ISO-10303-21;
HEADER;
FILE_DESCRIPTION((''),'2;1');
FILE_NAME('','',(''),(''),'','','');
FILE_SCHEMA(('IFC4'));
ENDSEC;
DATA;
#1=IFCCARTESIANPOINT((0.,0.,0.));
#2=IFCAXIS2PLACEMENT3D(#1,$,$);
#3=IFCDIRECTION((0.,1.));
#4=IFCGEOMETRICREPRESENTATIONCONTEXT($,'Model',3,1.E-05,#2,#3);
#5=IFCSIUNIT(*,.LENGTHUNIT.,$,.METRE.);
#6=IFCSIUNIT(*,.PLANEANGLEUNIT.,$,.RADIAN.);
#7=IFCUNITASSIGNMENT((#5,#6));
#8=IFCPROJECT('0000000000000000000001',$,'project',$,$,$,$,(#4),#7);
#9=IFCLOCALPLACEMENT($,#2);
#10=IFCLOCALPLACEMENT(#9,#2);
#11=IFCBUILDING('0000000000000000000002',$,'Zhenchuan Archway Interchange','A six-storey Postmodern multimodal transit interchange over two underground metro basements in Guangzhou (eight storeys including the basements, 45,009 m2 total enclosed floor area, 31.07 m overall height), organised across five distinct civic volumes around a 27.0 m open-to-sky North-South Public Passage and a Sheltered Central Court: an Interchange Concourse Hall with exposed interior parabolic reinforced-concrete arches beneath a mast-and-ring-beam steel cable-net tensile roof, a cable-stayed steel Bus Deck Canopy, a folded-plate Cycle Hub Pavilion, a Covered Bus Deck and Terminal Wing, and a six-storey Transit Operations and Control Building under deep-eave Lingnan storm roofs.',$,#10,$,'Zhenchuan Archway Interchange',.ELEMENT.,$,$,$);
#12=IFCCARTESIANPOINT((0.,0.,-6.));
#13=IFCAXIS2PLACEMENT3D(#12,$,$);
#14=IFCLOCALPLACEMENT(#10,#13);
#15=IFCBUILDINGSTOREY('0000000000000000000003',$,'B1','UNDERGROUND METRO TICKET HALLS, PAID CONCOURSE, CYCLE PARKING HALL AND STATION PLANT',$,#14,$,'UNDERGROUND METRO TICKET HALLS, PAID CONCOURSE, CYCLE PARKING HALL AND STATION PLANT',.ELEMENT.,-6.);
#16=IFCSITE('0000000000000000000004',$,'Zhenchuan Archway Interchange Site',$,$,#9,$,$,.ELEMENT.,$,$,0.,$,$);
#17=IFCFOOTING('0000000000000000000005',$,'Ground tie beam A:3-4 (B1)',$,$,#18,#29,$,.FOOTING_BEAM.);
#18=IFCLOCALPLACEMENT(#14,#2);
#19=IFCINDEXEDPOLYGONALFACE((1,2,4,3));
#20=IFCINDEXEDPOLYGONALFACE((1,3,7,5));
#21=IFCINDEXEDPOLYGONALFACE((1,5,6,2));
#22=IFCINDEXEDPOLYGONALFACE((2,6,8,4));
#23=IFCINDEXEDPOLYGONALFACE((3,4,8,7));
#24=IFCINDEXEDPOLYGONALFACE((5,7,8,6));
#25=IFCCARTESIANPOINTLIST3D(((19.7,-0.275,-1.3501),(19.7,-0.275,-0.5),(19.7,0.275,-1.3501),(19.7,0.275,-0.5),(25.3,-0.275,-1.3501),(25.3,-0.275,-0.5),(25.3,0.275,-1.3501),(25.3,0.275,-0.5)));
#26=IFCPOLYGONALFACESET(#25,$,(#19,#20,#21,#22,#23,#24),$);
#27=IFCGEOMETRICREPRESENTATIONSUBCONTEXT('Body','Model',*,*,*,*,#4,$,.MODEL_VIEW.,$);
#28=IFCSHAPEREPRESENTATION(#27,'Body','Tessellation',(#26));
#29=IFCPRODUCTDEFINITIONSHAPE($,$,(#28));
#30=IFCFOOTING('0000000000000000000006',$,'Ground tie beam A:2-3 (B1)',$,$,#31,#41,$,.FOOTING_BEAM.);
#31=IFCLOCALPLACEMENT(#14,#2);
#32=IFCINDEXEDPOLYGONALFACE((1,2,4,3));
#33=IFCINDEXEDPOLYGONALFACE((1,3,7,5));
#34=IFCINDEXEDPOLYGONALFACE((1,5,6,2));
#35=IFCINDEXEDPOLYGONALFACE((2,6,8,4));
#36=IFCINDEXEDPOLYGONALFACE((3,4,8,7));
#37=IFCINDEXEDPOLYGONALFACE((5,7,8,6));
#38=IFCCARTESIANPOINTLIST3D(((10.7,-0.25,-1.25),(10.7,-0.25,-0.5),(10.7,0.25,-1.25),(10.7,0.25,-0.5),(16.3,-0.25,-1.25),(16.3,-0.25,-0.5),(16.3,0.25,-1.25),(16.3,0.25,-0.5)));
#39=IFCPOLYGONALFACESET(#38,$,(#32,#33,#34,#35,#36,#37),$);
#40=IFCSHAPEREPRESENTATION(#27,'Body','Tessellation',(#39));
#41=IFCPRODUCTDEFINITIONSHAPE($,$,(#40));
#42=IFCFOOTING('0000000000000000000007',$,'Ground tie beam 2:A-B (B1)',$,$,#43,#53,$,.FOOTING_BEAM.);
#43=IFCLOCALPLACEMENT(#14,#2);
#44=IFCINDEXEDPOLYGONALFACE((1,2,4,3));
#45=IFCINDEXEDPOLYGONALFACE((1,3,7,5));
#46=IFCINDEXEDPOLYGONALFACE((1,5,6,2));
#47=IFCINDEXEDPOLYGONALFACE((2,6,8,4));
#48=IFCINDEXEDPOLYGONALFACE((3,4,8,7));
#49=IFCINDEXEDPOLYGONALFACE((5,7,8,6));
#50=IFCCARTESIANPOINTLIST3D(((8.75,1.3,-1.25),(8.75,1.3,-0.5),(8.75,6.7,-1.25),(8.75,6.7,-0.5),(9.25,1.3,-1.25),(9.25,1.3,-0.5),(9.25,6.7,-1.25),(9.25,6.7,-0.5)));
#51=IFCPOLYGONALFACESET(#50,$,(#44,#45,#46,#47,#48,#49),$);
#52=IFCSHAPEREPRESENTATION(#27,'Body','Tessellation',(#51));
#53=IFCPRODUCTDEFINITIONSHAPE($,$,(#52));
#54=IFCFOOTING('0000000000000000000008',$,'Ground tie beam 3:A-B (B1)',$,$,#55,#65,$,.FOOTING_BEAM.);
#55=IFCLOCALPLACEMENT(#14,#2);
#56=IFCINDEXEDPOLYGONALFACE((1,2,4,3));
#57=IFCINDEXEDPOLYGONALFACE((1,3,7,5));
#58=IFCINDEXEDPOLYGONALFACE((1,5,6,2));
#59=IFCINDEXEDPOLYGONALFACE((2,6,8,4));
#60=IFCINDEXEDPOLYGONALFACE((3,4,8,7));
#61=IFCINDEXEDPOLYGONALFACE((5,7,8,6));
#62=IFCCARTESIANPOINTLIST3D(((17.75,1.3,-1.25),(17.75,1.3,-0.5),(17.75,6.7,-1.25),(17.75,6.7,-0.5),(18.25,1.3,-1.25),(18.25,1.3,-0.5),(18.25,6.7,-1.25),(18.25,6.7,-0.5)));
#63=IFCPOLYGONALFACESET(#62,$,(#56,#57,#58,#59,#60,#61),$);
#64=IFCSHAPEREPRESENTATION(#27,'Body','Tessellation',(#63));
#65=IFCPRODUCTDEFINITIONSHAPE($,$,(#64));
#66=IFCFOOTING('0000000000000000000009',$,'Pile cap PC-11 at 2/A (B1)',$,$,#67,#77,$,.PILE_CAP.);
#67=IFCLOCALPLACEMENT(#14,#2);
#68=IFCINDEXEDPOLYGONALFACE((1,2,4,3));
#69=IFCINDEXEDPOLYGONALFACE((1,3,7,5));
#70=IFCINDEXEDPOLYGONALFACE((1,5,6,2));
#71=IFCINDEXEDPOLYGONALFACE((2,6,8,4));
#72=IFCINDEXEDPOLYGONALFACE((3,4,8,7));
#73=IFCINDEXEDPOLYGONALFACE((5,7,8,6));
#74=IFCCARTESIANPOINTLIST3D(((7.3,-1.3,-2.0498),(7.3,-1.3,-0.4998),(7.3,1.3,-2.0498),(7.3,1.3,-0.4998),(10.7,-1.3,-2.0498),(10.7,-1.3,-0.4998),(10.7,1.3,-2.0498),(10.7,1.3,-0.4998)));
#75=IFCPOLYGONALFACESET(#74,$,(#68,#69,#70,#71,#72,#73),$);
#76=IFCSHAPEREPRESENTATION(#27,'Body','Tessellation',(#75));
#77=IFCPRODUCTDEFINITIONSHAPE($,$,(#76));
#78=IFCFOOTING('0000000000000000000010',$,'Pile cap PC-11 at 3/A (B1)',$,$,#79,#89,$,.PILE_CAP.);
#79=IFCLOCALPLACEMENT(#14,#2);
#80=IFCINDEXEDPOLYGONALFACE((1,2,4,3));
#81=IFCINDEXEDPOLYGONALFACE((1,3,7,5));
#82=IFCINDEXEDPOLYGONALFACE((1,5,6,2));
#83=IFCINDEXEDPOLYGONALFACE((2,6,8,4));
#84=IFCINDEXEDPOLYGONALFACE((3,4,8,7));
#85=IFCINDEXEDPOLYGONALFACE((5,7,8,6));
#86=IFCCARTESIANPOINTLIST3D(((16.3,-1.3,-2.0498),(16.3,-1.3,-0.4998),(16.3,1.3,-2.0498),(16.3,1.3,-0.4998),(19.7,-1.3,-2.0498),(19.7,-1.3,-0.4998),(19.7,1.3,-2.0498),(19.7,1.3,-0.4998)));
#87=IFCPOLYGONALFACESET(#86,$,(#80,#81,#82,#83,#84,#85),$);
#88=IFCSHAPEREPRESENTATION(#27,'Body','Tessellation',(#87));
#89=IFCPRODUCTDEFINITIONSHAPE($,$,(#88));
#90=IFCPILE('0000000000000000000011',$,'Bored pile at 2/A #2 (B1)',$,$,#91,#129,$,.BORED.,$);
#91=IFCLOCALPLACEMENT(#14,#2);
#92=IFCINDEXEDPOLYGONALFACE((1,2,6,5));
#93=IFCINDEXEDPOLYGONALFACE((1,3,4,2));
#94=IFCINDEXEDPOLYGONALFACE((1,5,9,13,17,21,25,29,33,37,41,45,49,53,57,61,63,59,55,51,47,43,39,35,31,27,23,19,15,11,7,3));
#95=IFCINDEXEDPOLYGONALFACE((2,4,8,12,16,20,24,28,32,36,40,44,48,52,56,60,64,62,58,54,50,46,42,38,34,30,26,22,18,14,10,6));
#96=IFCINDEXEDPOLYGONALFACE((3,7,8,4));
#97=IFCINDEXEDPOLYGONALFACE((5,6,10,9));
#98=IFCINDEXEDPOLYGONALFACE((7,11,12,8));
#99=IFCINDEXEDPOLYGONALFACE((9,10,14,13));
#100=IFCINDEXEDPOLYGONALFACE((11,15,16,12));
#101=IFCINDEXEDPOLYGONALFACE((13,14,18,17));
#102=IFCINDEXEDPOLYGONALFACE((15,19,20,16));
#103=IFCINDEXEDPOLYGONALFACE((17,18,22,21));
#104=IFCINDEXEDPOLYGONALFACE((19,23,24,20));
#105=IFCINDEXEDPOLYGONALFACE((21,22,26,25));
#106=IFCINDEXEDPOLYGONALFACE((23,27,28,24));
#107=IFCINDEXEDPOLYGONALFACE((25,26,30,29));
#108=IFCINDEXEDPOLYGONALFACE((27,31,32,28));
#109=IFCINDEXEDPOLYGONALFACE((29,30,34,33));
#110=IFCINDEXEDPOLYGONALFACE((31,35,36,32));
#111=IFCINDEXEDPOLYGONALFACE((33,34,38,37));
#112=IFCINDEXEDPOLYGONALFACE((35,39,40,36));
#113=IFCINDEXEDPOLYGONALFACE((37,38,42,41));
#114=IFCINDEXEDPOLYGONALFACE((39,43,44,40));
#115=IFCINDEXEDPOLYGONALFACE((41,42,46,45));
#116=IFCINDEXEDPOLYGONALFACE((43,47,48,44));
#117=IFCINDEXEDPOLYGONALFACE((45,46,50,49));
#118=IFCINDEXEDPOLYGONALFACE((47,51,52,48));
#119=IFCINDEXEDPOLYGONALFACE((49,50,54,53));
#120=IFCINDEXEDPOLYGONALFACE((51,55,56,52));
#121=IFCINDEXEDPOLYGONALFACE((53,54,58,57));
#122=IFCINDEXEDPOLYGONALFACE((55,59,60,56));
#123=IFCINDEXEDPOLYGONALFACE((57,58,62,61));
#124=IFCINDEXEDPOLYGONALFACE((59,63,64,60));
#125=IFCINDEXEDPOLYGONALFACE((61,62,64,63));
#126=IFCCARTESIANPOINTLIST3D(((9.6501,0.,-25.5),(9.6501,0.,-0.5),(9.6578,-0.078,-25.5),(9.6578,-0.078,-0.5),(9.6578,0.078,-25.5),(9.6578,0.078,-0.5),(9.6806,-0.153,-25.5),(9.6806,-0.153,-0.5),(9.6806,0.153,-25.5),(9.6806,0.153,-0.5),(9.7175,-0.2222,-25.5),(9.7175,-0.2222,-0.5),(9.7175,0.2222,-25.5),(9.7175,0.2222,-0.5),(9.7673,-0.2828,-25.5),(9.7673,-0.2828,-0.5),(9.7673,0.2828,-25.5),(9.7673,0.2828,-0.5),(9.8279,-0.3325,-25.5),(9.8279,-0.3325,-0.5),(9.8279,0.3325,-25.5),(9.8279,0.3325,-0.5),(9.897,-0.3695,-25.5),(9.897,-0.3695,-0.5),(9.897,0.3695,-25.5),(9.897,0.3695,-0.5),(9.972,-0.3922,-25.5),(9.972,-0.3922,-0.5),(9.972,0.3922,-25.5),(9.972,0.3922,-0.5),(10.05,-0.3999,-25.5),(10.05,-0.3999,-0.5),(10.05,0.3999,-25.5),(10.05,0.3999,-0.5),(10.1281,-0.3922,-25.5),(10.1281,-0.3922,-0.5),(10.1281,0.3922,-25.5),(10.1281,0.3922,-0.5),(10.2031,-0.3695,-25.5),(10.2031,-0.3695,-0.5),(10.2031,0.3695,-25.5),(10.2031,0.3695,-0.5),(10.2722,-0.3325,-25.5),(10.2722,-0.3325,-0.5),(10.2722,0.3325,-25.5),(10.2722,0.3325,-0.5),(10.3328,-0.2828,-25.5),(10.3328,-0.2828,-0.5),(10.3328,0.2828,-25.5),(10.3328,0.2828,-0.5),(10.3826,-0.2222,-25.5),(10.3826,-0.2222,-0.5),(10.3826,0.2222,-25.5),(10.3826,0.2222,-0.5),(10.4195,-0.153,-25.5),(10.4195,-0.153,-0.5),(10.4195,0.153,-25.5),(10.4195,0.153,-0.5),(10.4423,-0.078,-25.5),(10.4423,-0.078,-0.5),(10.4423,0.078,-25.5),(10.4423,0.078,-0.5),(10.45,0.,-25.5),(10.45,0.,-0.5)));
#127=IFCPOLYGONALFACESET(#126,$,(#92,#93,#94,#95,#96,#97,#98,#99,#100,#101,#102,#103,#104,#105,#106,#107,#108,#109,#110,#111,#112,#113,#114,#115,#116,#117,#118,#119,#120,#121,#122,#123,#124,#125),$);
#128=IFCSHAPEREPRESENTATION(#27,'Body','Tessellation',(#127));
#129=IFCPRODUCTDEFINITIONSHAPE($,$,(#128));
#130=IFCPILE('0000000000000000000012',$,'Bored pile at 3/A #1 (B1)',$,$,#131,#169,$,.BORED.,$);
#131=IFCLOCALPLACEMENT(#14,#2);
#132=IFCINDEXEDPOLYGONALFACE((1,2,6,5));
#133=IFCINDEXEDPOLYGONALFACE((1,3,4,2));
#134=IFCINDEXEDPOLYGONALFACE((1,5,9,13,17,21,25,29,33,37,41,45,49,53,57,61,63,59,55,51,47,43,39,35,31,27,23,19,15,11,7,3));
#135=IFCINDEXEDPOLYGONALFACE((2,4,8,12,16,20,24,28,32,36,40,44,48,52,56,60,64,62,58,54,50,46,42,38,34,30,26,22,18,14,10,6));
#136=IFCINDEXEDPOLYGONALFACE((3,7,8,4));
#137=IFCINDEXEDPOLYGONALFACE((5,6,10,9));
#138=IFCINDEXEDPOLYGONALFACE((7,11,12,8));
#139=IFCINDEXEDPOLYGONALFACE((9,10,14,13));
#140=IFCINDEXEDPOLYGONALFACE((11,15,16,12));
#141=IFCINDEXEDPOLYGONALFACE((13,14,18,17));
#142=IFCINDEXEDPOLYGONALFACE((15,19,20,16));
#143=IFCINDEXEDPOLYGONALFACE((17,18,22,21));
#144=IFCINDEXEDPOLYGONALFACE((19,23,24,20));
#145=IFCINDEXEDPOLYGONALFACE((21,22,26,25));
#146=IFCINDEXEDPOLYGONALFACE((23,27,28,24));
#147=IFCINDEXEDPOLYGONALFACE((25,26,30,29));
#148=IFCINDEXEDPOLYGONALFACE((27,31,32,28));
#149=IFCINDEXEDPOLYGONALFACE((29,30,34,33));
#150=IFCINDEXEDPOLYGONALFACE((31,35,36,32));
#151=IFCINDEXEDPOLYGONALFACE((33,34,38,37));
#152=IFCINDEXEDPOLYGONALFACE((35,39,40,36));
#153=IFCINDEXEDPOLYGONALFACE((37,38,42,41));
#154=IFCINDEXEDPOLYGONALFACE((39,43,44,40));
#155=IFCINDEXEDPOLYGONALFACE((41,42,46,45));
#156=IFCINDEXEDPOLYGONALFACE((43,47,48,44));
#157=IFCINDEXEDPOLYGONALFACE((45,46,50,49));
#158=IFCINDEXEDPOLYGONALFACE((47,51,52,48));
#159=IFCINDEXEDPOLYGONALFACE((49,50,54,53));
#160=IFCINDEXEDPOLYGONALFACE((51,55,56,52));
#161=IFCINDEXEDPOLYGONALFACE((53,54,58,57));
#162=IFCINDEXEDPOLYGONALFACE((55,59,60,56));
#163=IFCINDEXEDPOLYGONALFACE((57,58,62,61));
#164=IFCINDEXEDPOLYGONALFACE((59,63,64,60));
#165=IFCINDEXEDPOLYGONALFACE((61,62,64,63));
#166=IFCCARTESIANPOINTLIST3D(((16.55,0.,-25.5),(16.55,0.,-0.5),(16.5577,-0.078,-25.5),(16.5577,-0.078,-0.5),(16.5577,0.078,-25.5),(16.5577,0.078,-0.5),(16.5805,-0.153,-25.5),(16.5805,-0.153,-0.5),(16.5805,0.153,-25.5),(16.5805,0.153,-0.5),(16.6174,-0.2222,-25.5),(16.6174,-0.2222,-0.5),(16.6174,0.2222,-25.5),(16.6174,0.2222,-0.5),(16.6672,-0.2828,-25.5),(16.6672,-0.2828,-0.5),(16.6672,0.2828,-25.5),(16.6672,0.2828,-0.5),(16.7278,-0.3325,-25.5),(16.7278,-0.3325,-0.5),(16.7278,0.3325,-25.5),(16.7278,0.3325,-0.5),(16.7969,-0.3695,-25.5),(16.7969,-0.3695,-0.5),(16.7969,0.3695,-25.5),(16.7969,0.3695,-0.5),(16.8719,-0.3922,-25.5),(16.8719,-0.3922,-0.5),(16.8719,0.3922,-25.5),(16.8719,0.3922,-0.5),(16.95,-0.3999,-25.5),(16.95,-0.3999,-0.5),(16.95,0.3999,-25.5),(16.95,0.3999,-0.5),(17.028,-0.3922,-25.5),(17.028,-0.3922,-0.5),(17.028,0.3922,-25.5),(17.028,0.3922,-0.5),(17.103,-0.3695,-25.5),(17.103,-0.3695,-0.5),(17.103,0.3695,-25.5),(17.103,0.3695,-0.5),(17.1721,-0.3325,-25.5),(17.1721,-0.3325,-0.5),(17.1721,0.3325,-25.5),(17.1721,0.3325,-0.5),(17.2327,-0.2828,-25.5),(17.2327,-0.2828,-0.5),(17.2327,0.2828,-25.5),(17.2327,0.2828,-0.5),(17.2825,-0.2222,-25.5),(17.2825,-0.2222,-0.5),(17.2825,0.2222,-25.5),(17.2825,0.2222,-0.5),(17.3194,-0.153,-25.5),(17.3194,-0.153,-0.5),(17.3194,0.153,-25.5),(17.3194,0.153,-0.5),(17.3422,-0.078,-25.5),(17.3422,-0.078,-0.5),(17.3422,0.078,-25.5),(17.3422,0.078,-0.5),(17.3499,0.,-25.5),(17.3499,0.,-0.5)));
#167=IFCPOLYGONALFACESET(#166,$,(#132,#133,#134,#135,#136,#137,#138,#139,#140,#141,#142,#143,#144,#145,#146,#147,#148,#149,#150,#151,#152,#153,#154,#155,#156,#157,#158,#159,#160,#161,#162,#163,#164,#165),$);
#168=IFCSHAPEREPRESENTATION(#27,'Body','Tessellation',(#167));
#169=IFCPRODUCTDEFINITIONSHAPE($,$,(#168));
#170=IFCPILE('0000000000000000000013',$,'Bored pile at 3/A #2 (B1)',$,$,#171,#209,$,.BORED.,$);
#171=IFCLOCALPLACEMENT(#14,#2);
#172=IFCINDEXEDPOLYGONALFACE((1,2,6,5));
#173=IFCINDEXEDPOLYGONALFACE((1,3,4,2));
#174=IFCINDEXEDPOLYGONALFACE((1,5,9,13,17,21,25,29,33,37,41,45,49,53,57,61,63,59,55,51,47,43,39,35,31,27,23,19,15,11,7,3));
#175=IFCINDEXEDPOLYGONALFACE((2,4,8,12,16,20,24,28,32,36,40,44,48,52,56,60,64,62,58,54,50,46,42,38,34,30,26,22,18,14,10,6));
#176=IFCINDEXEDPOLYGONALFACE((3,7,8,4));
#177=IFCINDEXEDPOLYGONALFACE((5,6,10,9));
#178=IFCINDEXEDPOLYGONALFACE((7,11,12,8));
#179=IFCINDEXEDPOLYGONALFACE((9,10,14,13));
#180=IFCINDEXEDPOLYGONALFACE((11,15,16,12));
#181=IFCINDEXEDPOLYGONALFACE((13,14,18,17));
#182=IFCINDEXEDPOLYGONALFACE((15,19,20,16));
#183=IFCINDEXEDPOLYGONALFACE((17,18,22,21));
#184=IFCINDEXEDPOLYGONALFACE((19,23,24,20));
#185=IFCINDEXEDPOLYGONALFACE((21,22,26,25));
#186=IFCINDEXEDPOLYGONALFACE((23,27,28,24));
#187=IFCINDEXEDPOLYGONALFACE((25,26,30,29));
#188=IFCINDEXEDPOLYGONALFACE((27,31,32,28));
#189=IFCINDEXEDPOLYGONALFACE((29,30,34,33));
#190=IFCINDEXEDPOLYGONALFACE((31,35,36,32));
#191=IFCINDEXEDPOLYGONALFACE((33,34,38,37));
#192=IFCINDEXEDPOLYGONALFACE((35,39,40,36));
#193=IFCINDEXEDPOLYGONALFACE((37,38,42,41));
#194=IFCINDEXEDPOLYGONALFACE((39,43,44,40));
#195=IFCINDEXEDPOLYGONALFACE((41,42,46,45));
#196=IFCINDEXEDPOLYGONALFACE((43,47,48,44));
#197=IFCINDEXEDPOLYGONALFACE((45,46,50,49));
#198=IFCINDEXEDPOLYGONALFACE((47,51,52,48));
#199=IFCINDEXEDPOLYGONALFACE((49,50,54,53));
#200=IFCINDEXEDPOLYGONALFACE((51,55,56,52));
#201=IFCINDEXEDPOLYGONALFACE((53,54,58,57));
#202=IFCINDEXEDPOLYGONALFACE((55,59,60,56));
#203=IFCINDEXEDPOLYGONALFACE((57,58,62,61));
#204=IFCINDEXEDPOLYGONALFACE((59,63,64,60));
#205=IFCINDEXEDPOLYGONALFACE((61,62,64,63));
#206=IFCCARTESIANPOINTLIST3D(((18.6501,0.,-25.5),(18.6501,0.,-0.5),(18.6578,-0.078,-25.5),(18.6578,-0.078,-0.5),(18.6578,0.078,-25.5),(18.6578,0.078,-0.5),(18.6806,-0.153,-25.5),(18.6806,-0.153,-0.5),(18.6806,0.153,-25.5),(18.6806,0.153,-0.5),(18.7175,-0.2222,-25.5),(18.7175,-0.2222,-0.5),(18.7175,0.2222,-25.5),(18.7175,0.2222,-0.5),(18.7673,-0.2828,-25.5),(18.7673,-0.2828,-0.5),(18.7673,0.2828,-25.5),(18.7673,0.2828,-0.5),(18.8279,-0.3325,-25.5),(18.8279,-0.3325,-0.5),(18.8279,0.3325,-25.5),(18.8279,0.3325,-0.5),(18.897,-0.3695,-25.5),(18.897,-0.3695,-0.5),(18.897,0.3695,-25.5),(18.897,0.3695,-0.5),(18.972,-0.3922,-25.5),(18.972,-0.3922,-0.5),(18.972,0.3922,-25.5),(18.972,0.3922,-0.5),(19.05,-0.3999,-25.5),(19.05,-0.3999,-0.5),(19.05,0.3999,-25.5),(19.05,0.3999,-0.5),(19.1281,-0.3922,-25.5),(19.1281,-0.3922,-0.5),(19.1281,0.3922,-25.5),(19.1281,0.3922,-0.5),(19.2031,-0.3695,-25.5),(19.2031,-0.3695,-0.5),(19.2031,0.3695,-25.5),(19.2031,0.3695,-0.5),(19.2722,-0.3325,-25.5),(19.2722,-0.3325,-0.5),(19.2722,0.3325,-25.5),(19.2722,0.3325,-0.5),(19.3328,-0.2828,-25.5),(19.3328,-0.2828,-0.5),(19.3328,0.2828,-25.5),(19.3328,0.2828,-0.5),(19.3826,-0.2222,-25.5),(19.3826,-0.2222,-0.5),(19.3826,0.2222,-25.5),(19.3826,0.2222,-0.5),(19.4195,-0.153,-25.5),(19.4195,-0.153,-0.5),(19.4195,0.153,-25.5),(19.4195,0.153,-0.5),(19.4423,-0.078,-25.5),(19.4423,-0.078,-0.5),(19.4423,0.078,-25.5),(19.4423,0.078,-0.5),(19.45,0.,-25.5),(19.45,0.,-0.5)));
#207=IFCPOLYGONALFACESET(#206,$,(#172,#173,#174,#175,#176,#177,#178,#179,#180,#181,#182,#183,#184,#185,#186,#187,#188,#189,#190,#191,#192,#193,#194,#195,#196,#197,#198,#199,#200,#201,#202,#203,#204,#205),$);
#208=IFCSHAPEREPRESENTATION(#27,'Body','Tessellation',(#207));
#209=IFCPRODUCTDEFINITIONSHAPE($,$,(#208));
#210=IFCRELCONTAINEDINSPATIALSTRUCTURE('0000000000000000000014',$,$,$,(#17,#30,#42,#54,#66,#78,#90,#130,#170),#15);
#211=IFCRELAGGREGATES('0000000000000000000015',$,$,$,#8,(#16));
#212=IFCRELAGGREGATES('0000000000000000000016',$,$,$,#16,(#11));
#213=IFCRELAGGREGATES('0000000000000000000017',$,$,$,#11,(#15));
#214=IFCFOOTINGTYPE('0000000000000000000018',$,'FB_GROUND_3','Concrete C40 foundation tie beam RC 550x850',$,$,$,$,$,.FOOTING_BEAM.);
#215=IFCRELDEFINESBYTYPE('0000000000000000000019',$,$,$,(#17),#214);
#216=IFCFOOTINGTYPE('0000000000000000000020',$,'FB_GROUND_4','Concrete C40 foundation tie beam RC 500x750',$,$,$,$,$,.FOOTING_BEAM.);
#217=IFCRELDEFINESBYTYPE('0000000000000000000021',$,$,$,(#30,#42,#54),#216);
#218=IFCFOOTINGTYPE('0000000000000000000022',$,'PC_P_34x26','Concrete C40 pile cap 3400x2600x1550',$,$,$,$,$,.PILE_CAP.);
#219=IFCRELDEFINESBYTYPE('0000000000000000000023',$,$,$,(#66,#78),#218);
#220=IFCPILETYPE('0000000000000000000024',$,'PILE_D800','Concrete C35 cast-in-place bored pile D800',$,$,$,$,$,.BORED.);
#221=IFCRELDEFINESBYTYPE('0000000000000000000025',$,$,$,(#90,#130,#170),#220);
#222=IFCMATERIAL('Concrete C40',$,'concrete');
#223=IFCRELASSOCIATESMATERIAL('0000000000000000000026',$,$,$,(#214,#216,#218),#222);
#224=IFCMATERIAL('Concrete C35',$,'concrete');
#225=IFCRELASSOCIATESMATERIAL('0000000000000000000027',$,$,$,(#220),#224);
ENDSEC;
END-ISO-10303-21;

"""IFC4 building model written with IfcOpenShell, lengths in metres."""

from ifc_helpers import new_model, si_unit, direction, frame, origin, origin_2d, place, context, subcontext, project, spatial, rectangle, circle, extrude, material, material_profile, profile_set, type_object, element, save


model = new_model("IFC4")

# Units and contexts
model_context = context("Model", 3, precision=1e-05, world=origin(), true_north=direction((0.0, 1.0)))
body_context = subcontext(model_context, "Body", "Model", "MODEL_VIEW")
ifc_project = project(units=[si_unit("LENGTHUNIT", "METRE"), si_unit("PLANEANGLEUNIT", "RADIAN")], contexts=[model_context])

# Site, building, storey
site_placement = place(None, origin())
site = spatial("IfcSite", under=ifc_project, at=site_placement, Name="Zhenchuan Archway Interchange Site", CompositionType="ELEMENT", RefElevation=0.0)
building_placement = place(site_placement, origin())
building = spatial("IfcBuilding", under=site, at=building_placement, Name="Zhenchuan Archway Interchange", Description="A six-storey Postmodern multimodal transit interchange over two underground metro basements in Guangzhou (eight storeys including the basements, 45,009 m2 total enclosed floor area, 31.07 m overall height), organised across five distinct civic volumes around a 27.0 m open-to-sky North-South Public Passage and a Sheltered Central Court: an Interchange Concourse Hall with exposed interior parabolic reinforced-concrete arches beneath a mast-and-ring-beam steel cable-net tensile roof, a cable-stayed steel Bus Deck Canopy, a folded-plate Cycle Hub Pavilion, a Covered Bus Deck and Terminal Wing, and a six-storey Transit Operations and Control Building under deep-eave Lingnan storm roofs.", LongName="Zhenchuan Archway Interchange", CompositionType="ELEMENT")
storey_placement = place(building_placement, frame((0.0, 0.0, -6.0)))
storey = spatial("IfcBuildingStorey", under=building, at=storey_placement, Name="B1", Description="UNDERGROUND METRO TICKET HALLS, PAID CONCOURSE, CYCLE PARKING HALL AND STATION PLANT", LongName="UNDERGROUND METRO TICKET HALLS, PAID CONCOURSE, CYCLE PARKING HALL AND STATION PLANT", CompositionType="ELEMENT", Elevation=-6.0)

# Footings
ifc_material_1 = material(Name="Concrete C40", Category="concrete")
ifc_material_profile_1 = material_profile(ifc_material_1, rectangle(XDim=0.55, YDim=0.8501, at=origin_2d()), Name="RC 550x850")
ifc_profile_set_1 = profile_set([ifc_material_profile_1], Name="Concrete C40")
footing_type_1 = type_object("IfcFootingType", Name="FB_GROUND_3", Description="Concrete C40 foundation tie beam RC 550x850", PredefinedType="FOOTING_BEAM", material=ifc_profile_set_1)
footing_1_placement = place(storey_placement, frame((19.7, 0.0, -0.925), z_axis=(1.0, 0.0, 0.0), x_axis=(0.0, 1.0, 0.0)))
element("IfcFooting", 1, at=footing_1_placement, inside=storey, type_object=footing_type_1, Name="Ground tie beam A:3-4 (B1)", PredefinedType="FOOTING_BEAM", context=body_context, shape_type="SweptSolid", body=[
    extrude(rectangle(XDim=0.55, YDim=0.8501, at=origin_2d()), origin(), (0.0, 0.0, 1.0), 5.6001),
])
ifc_material_profile_2 = material_profile(ifc_material_1, rectangle(XDim=0.5, YDim=0.75, at=origin_2d()), Name="RC 500x750")
ifc_profile_set_2 = profile_set([ifc_material_profile_2], Name="Concrete C40")
footing_type_2 = type_object("IfcFootingType", Name="FB_GROUND_4", Description="Concrete C40 foundation tie beam RC 500x750", PredefinedType="FOOTING_BEAM", material=ifc_profile_set_2)
footing_2_placement = place(storey_placement, frame((10.7, 0.0, -0.875), z_axis=(1.0, 0.0, 0.0), x_axis=(0.0, 1.0, 0.0)))
element("IfcFooting", 2, at=footing_2_placement, inside=storey, type_object=footing_type_2, Name="Ground tie beam A:2-3 (B1)", PredefinedType="FOOTING_BEAM", context=body_context, shape_type="SweptSolid", body=[
    extrude(rectangle(XDim=0.5, YDim=0.75, at=origin_2d()), origin(), (0.0, 0.0, 1.0), 5.6001),
])
for number, where, z_axis, x_axis, name in (
    (3, (9.0, 1.3, -0.875), (0.0, 1.0, 0.0), (-1.0, 0.0, 0.0), "Ground tie beam 2:A-B (B1)"),
    (4, (18.0, 1.3, -0.875), (0.0, 1.0, 0.0), (-1.0, 0.0, 0.0), "Ground tie beam 3:A-B (B1)"),
):
    element("IfcFooting", number, at=place(storey_placement, frame(where, z_axis=z_axis, x_axis=x_axis)), inside=storey, type_object=footing_type_2, Name=name, PredefinedType="FOOTING_BEAM", context=body_context, shape_type="SweptSolid", body=[
        extrude(rectangle(XDim=0.5, YDim=0.75, at=origin_2d()), origin(), (0.0, 0.0, 1.0), 5.3999),
    ])
footing_type_3 = type_object("IfcFootingType", Name="PC_P_34x26", Description="Concrete C40 pile cap 3400x2600x1550", PredefinedType="PILE_CAP", material=ifc_material_1)
for number, where, z_axis, x_axis, name in (
    (5, (9.0, 0.0, -2.0498), (0.0, 0.0, 1.0), (1.0, 0.0, 0.0), "Pile cap PC-11 at 2/A (B1)"),
    (6, (18.0, 0.0, -2.0498), (0.0, 0.0, 1.0), (1.0, 0.0, 0.0), "Pile cap PC-11 at 3/A (B1)"),
):
    element("IfcFooting", number, at=place(storey_placement, frame(where, z_axis=z_axis, x_axis=x_axis)), inside=storey, type_object=footing_type_3, Name=name, PredefinedType="PILE_CAP", context=body_context, shape_type="SweptSolid", body=[
        extrude(rectangle(XDim=3.3999, YDim=2.6001, at=origin_2d()), origin(), (0.0, 0.0, 1.0), 1.55),
    ])

# Piles
ifc_material_2 = material(Name="Concrete C35", Category="concrete")
ifc_material_profile_3 = material_profile(ifc_material_2, circle(Radius=0.3999, at=origin_2d()), Name="BORED PILE 800")
ifc_profile_set_3 = profile_set([ifc_material_profile_3], Name="Concrete C35")
pile_type = type_object("IfcPileType", Name="PILE_D800", Description="Concrete C35 cast-in-place bored pile D800", PredefinedType="BORED", material=ifc_profile_set_3)
for number, where, z_axis, x_axis, name in (
    (7, (10.05, 0.0, -0.5), (0.0, 0.0, -1.0), (1.0, 0.0, 0.0), "Bored pile at 2/A #2 (B1)"),
    (8, (16.95, 0.0, -0.5), (0.0, 0.0, -1.0), (1.0, 0.0, 0.0), "Bored pile at 3/A #1 (B1)"),
    (9, (19.05, 0.0, -0.5), (0.0, 0.0, -1.0), (1.0, 0.0, 0.0), "Bored pile at 3/A #2 (B1)"),
):
    element("IfcPile", number, at=place(storey_placement, frame(where, z_axis=z_axis, x_axis=x_axis)), inside=storey, type_object=pile_type, Name=name, PredefinedType="BORED", context=body_context, shape_type="SweptSolid", body=[
        extrude(circle(Radius=0.3999, at=origin_2d()), origin(), (0.0, 0.0, 1.0), 25.0),
    ])

save(model, "model.ifc")
